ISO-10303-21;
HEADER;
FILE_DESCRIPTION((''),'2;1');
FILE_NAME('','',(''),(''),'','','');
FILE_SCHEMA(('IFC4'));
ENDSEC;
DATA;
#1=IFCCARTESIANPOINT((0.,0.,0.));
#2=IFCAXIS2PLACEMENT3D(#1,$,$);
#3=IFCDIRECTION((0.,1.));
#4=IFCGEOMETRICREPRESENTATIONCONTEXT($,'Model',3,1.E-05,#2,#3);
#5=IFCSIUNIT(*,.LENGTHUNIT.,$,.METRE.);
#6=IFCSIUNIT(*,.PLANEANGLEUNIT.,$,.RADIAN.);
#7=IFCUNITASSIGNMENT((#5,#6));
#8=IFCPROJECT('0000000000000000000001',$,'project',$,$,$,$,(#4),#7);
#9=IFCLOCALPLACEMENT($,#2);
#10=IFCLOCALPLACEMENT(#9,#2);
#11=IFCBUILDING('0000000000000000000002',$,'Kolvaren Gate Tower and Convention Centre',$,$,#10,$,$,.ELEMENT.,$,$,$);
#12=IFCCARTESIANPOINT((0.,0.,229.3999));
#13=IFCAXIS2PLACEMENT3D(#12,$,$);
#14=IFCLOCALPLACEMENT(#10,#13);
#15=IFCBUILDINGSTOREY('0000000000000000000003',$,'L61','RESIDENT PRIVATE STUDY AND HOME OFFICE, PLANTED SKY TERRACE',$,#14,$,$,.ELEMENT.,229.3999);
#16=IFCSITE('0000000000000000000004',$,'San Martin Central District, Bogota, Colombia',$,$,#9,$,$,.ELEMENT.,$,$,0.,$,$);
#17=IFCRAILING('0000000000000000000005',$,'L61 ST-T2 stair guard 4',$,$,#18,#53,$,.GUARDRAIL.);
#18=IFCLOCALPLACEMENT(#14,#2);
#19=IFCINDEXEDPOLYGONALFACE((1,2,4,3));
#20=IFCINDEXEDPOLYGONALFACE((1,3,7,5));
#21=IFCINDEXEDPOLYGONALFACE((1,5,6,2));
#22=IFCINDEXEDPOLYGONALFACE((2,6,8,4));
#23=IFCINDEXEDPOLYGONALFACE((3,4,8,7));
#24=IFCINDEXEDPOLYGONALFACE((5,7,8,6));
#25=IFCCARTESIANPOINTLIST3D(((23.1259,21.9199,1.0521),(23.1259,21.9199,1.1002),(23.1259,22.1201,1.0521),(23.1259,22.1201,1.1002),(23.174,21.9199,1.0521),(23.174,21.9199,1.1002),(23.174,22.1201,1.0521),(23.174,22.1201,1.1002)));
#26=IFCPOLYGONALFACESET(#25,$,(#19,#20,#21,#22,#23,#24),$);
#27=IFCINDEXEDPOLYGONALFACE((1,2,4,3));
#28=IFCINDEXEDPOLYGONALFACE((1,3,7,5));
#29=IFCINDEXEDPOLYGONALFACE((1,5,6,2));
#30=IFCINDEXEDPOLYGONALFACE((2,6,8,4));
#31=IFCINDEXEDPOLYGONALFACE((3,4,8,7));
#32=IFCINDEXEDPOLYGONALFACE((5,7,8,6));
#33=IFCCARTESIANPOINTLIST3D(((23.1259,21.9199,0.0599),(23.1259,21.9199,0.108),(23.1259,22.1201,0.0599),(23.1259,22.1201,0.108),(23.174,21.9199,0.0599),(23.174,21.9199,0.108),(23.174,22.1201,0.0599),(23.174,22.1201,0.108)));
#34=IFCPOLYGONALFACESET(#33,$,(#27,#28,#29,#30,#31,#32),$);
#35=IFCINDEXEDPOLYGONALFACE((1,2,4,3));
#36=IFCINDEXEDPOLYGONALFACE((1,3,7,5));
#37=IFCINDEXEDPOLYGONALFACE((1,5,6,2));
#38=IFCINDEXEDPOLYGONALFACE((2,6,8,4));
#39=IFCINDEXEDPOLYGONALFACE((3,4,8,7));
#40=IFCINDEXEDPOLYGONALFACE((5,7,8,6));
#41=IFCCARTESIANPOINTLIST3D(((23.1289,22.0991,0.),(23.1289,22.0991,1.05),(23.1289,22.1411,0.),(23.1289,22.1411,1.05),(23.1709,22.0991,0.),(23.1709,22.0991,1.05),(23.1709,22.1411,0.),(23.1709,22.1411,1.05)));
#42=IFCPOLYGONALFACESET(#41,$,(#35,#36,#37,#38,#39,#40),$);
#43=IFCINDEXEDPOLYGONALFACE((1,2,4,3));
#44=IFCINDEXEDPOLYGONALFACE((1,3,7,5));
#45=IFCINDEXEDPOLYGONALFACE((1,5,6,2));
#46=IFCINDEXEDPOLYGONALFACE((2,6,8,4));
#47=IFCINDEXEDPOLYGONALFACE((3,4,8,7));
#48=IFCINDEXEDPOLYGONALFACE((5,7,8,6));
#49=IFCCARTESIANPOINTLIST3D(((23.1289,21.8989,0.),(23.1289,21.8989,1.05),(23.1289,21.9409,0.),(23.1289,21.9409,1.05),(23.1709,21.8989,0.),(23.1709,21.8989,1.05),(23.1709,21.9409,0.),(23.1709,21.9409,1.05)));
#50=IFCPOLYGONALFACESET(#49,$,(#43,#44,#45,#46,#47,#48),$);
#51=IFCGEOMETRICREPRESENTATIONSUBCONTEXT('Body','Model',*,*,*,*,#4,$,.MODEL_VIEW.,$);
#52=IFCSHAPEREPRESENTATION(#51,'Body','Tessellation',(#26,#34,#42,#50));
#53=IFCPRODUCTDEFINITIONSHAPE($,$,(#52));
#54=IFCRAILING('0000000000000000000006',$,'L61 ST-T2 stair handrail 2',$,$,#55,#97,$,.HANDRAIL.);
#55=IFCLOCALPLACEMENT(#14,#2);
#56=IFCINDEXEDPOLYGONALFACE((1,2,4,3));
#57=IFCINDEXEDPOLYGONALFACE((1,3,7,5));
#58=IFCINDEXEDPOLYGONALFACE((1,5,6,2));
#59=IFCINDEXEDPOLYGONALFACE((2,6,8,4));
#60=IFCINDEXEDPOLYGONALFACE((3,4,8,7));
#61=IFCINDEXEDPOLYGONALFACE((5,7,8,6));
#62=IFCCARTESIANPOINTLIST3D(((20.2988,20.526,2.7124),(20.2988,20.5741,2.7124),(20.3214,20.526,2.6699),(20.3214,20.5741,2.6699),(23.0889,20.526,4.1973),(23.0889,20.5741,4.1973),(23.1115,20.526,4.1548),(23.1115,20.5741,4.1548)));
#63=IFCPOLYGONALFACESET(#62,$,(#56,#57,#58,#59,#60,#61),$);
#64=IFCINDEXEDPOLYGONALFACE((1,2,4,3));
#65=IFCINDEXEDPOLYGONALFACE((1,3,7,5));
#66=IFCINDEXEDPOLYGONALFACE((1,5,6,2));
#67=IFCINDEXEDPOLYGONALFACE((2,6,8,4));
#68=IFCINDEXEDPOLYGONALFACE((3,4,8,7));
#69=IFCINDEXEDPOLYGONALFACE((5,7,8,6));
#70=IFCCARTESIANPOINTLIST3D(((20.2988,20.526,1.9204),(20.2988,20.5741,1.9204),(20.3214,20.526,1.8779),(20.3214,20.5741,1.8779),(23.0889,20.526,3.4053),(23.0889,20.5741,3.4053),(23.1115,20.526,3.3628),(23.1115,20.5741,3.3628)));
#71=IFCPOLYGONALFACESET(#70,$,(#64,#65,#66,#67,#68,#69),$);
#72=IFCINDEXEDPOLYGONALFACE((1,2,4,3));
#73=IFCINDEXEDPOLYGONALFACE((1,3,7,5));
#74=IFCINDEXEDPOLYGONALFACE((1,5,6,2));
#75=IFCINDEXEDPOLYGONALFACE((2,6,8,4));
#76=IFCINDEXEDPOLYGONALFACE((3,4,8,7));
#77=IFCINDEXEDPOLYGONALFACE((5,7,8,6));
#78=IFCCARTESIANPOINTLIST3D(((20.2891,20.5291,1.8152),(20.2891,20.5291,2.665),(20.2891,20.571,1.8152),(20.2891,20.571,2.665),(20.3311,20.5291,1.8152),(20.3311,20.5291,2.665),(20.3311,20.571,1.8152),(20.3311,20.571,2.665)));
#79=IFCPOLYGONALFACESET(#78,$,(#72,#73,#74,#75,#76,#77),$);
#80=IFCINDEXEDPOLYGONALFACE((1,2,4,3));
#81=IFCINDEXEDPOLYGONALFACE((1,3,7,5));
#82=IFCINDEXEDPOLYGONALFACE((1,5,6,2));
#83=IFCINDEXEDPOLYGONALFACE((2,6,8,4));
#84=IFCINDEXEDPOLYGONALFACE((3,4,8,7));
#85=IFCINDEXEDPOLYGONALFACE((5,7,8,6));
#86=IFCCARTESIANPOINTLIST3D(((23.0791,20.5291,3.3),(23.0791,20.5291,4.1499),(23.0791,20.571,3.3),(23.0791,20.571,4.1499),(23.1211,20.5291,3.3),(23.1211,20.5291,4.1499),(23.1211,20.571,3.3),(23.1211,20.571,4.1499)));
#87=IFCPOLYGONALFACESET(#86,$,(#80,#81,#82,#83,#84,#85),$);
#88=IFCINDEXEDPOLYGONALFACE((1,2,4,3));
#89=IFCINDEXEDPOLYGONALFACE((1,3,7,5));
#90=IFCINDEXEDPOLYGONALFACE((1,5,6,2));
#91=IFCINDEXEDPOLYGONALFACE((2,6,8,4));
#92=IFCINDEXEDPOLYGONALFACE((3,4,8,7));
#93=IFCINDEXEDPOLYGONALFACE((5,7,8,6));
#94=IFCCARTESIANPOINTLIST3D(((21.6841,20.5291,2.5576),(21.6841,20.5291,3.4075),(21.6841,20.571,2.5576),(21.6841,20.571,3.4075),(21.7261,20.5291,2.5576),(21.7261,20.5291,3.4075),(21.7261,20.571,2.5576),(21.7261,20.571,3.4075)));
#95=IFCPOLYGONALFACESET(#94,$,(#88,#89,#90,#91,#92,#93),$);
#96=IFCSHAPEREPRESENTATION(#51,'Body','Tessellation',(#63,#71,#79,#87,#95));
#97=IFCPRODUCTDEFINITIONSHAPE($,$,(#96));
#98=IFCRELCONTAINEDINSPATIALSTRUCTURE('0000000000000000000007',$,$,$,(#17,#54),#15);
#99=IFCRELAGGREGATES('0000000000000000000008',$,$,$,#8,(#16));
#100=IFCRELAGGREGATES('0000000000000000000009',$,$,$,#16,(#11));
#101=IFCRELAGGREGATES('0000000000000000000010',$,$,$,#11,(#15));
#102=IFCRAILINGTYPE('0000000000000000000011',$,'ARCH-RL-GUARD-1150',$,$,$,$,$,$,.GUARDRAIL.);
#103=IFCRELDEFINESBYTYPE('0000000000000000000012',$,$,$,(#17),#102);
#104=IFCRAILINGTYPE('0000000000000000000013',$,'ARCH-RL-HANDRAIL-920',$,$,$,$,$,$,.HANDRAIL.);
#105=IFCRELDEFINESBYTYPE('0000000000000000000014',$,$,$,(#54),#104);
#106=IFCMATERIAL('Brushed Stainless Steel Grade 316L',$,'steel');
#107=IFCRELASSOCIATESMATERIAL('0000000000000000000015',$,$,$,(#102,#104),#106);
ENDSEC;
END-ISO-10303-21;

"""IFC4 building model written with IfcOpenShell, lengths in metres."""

from ifc_helpers import new_model, si_unit, direction, frame, origin, origin_2d, place, context, subcontext, project, spatial, rectangle, extrude, material, type_object, element, save


model = new_model("IFC4")

# Units and contexts
model_context = context("Model", 3, precision=1e-05, world=origin(), true_north=direction((0.0, 1.0)))
body_context = subcontext(model_context, "Body", "Model", "MODEL_VIEW")
ifc_project = project(units=[si_unit("LENGTHUNIT", "METRE"), si_unit("PLANEANGLEUNIT", "RADIAN")], contexts=[model_context])

# Site, building, storey
site_placement = place(None, origin())
site = spatial("IfcSite", under=ifc_project, at=site_placement, Name="San Martin Central District, Bogota, Colombia", CompositionType="ELEMENT", RefElevation=0.0)
building_placement = place(site_placement, origin())
building = spatial("IfcBuilding", under=site, at=building_placement, Name="Kolvaren Gate Tower and Convention Centre", CompositionType="ELEMENT")
storey_placement = place(building_placement, frame((0.0, 0.0, 229.3999)))
storey = spatial("IfcBuildingStorey", under=building, at=storey_placement, Name="L61", Description="RESIDENT PRIVATE STUDY AND HOME OFFICE, PLANTED SKY TERRACE", CompositionType="ELEMENT", Elevation=229.3999)

# Railings
ifc_material_1 = material(Name="Brushed Stainless Steel Grade 316L", Category="steel")
railing_type_1 = type_object("IfcRailingType", Name="ARCH-RL-GUARD-1150", PredefinedType="GUARDRAIL", material=ifc_material_1)
railing_1_placement = place(storey_placement, frame((23.1499, 22.1201, 0.0)))
element("IfcRailing", 1, at=railing_1_placement, inside=storey, type_object=railing_type_1, Name="L61 ST-T2 stair guard 4", PredefinedType="GUARDRAIL", context=body_context, shape_type="SweptSolid", body=[
    extrude(rectangle(XDim=0.0481, YDim=0.0481, at=origin_2d()), frame((0.0, 0.0, 1.0762), z_axis=(0.0, -1.0, 0.0), x_axis=(1.0, 0.0, 0.0)), (0.0, 0.0, 1.0), 0.2002),
    extrude(rectangle(XDim=0.0481, YDim=0.0481, at=origin_2d()), frame((0.0, 0.0, 0.084), z_axis=(0.0, -1.0, 0.0), x_axis=(1.0, 0.0, 0.0)), (0.0, 0.0, 1.0), 0.2002),
    extrude(rectangle(XDim=0.042, YDim=0.042, at=origin_2d()), origin(), (0.0, 0.0, 1.0), 1.05),
    extrude(rectangle(XDim=0.042, YDim=0.042, at=origin_2d()), frame((0.0, -0.2002, 0.0)), (0.0, 0.0, 1.0), 1.05),
])
railing_type_2 = type_object("IfcRailingType", Name="ARCH-RL-HANDRAIL-920", PredefinedType="HANDRAIL", material=ifc_material_1)
railing_2_placement = place(storey_placement, frame((20.3101, 20.55, 1.8152)))
element("IfcRailing", 2, at=railing_2_placement, inside=storey, type_object=railing_type_2, Name="L61 ST-T2 stair handrail 2", PredefinedType="HANDRAIL", context=body_context, shape_type="SweptSolid", body=[
    extrude(rectangle(XDim=0.0481, YDim=0.0481, at=origin_2d()), frame((0.0, 0.0, 0.876), z_axis=(0.882767, 0.0, 0.46981), x_axis=(0.0, 1.0, 0.0)), (0.0, 0.0, 1.0), 3.1606),
    extrude(rectangle(XDim=0.0481, YDim=0.0481, at=origin_2d()), frame((0.0, 0.0, 0.084), z_axis=(0.882767, 0.0, 0.46981), x_axis=(0.0, 1.0, 0.0)), (0.0, 0.0, 1.0), 3.1606),
    extrude(rectangle(XDim=0.042, YDim=0.042, at=origin_2d()), origin(), (0.0, 0.0, 1.0), 0.8499),
    extrude(rectangle(XDim=0.042, YDim=0.042, at=origin_2d()), frame((2.79, 0.0, 1.4849)), (0.0, 0.0, 1.0), 0.8499),
    extrude(rectangle(XDim=0.042, YDim=0.042, at=origin_2d()), frame((1.395, 0.0, 0.7424)), (0.0, 0.0, 1.0), 0.8499),
])

save(model, "model.ifc")
